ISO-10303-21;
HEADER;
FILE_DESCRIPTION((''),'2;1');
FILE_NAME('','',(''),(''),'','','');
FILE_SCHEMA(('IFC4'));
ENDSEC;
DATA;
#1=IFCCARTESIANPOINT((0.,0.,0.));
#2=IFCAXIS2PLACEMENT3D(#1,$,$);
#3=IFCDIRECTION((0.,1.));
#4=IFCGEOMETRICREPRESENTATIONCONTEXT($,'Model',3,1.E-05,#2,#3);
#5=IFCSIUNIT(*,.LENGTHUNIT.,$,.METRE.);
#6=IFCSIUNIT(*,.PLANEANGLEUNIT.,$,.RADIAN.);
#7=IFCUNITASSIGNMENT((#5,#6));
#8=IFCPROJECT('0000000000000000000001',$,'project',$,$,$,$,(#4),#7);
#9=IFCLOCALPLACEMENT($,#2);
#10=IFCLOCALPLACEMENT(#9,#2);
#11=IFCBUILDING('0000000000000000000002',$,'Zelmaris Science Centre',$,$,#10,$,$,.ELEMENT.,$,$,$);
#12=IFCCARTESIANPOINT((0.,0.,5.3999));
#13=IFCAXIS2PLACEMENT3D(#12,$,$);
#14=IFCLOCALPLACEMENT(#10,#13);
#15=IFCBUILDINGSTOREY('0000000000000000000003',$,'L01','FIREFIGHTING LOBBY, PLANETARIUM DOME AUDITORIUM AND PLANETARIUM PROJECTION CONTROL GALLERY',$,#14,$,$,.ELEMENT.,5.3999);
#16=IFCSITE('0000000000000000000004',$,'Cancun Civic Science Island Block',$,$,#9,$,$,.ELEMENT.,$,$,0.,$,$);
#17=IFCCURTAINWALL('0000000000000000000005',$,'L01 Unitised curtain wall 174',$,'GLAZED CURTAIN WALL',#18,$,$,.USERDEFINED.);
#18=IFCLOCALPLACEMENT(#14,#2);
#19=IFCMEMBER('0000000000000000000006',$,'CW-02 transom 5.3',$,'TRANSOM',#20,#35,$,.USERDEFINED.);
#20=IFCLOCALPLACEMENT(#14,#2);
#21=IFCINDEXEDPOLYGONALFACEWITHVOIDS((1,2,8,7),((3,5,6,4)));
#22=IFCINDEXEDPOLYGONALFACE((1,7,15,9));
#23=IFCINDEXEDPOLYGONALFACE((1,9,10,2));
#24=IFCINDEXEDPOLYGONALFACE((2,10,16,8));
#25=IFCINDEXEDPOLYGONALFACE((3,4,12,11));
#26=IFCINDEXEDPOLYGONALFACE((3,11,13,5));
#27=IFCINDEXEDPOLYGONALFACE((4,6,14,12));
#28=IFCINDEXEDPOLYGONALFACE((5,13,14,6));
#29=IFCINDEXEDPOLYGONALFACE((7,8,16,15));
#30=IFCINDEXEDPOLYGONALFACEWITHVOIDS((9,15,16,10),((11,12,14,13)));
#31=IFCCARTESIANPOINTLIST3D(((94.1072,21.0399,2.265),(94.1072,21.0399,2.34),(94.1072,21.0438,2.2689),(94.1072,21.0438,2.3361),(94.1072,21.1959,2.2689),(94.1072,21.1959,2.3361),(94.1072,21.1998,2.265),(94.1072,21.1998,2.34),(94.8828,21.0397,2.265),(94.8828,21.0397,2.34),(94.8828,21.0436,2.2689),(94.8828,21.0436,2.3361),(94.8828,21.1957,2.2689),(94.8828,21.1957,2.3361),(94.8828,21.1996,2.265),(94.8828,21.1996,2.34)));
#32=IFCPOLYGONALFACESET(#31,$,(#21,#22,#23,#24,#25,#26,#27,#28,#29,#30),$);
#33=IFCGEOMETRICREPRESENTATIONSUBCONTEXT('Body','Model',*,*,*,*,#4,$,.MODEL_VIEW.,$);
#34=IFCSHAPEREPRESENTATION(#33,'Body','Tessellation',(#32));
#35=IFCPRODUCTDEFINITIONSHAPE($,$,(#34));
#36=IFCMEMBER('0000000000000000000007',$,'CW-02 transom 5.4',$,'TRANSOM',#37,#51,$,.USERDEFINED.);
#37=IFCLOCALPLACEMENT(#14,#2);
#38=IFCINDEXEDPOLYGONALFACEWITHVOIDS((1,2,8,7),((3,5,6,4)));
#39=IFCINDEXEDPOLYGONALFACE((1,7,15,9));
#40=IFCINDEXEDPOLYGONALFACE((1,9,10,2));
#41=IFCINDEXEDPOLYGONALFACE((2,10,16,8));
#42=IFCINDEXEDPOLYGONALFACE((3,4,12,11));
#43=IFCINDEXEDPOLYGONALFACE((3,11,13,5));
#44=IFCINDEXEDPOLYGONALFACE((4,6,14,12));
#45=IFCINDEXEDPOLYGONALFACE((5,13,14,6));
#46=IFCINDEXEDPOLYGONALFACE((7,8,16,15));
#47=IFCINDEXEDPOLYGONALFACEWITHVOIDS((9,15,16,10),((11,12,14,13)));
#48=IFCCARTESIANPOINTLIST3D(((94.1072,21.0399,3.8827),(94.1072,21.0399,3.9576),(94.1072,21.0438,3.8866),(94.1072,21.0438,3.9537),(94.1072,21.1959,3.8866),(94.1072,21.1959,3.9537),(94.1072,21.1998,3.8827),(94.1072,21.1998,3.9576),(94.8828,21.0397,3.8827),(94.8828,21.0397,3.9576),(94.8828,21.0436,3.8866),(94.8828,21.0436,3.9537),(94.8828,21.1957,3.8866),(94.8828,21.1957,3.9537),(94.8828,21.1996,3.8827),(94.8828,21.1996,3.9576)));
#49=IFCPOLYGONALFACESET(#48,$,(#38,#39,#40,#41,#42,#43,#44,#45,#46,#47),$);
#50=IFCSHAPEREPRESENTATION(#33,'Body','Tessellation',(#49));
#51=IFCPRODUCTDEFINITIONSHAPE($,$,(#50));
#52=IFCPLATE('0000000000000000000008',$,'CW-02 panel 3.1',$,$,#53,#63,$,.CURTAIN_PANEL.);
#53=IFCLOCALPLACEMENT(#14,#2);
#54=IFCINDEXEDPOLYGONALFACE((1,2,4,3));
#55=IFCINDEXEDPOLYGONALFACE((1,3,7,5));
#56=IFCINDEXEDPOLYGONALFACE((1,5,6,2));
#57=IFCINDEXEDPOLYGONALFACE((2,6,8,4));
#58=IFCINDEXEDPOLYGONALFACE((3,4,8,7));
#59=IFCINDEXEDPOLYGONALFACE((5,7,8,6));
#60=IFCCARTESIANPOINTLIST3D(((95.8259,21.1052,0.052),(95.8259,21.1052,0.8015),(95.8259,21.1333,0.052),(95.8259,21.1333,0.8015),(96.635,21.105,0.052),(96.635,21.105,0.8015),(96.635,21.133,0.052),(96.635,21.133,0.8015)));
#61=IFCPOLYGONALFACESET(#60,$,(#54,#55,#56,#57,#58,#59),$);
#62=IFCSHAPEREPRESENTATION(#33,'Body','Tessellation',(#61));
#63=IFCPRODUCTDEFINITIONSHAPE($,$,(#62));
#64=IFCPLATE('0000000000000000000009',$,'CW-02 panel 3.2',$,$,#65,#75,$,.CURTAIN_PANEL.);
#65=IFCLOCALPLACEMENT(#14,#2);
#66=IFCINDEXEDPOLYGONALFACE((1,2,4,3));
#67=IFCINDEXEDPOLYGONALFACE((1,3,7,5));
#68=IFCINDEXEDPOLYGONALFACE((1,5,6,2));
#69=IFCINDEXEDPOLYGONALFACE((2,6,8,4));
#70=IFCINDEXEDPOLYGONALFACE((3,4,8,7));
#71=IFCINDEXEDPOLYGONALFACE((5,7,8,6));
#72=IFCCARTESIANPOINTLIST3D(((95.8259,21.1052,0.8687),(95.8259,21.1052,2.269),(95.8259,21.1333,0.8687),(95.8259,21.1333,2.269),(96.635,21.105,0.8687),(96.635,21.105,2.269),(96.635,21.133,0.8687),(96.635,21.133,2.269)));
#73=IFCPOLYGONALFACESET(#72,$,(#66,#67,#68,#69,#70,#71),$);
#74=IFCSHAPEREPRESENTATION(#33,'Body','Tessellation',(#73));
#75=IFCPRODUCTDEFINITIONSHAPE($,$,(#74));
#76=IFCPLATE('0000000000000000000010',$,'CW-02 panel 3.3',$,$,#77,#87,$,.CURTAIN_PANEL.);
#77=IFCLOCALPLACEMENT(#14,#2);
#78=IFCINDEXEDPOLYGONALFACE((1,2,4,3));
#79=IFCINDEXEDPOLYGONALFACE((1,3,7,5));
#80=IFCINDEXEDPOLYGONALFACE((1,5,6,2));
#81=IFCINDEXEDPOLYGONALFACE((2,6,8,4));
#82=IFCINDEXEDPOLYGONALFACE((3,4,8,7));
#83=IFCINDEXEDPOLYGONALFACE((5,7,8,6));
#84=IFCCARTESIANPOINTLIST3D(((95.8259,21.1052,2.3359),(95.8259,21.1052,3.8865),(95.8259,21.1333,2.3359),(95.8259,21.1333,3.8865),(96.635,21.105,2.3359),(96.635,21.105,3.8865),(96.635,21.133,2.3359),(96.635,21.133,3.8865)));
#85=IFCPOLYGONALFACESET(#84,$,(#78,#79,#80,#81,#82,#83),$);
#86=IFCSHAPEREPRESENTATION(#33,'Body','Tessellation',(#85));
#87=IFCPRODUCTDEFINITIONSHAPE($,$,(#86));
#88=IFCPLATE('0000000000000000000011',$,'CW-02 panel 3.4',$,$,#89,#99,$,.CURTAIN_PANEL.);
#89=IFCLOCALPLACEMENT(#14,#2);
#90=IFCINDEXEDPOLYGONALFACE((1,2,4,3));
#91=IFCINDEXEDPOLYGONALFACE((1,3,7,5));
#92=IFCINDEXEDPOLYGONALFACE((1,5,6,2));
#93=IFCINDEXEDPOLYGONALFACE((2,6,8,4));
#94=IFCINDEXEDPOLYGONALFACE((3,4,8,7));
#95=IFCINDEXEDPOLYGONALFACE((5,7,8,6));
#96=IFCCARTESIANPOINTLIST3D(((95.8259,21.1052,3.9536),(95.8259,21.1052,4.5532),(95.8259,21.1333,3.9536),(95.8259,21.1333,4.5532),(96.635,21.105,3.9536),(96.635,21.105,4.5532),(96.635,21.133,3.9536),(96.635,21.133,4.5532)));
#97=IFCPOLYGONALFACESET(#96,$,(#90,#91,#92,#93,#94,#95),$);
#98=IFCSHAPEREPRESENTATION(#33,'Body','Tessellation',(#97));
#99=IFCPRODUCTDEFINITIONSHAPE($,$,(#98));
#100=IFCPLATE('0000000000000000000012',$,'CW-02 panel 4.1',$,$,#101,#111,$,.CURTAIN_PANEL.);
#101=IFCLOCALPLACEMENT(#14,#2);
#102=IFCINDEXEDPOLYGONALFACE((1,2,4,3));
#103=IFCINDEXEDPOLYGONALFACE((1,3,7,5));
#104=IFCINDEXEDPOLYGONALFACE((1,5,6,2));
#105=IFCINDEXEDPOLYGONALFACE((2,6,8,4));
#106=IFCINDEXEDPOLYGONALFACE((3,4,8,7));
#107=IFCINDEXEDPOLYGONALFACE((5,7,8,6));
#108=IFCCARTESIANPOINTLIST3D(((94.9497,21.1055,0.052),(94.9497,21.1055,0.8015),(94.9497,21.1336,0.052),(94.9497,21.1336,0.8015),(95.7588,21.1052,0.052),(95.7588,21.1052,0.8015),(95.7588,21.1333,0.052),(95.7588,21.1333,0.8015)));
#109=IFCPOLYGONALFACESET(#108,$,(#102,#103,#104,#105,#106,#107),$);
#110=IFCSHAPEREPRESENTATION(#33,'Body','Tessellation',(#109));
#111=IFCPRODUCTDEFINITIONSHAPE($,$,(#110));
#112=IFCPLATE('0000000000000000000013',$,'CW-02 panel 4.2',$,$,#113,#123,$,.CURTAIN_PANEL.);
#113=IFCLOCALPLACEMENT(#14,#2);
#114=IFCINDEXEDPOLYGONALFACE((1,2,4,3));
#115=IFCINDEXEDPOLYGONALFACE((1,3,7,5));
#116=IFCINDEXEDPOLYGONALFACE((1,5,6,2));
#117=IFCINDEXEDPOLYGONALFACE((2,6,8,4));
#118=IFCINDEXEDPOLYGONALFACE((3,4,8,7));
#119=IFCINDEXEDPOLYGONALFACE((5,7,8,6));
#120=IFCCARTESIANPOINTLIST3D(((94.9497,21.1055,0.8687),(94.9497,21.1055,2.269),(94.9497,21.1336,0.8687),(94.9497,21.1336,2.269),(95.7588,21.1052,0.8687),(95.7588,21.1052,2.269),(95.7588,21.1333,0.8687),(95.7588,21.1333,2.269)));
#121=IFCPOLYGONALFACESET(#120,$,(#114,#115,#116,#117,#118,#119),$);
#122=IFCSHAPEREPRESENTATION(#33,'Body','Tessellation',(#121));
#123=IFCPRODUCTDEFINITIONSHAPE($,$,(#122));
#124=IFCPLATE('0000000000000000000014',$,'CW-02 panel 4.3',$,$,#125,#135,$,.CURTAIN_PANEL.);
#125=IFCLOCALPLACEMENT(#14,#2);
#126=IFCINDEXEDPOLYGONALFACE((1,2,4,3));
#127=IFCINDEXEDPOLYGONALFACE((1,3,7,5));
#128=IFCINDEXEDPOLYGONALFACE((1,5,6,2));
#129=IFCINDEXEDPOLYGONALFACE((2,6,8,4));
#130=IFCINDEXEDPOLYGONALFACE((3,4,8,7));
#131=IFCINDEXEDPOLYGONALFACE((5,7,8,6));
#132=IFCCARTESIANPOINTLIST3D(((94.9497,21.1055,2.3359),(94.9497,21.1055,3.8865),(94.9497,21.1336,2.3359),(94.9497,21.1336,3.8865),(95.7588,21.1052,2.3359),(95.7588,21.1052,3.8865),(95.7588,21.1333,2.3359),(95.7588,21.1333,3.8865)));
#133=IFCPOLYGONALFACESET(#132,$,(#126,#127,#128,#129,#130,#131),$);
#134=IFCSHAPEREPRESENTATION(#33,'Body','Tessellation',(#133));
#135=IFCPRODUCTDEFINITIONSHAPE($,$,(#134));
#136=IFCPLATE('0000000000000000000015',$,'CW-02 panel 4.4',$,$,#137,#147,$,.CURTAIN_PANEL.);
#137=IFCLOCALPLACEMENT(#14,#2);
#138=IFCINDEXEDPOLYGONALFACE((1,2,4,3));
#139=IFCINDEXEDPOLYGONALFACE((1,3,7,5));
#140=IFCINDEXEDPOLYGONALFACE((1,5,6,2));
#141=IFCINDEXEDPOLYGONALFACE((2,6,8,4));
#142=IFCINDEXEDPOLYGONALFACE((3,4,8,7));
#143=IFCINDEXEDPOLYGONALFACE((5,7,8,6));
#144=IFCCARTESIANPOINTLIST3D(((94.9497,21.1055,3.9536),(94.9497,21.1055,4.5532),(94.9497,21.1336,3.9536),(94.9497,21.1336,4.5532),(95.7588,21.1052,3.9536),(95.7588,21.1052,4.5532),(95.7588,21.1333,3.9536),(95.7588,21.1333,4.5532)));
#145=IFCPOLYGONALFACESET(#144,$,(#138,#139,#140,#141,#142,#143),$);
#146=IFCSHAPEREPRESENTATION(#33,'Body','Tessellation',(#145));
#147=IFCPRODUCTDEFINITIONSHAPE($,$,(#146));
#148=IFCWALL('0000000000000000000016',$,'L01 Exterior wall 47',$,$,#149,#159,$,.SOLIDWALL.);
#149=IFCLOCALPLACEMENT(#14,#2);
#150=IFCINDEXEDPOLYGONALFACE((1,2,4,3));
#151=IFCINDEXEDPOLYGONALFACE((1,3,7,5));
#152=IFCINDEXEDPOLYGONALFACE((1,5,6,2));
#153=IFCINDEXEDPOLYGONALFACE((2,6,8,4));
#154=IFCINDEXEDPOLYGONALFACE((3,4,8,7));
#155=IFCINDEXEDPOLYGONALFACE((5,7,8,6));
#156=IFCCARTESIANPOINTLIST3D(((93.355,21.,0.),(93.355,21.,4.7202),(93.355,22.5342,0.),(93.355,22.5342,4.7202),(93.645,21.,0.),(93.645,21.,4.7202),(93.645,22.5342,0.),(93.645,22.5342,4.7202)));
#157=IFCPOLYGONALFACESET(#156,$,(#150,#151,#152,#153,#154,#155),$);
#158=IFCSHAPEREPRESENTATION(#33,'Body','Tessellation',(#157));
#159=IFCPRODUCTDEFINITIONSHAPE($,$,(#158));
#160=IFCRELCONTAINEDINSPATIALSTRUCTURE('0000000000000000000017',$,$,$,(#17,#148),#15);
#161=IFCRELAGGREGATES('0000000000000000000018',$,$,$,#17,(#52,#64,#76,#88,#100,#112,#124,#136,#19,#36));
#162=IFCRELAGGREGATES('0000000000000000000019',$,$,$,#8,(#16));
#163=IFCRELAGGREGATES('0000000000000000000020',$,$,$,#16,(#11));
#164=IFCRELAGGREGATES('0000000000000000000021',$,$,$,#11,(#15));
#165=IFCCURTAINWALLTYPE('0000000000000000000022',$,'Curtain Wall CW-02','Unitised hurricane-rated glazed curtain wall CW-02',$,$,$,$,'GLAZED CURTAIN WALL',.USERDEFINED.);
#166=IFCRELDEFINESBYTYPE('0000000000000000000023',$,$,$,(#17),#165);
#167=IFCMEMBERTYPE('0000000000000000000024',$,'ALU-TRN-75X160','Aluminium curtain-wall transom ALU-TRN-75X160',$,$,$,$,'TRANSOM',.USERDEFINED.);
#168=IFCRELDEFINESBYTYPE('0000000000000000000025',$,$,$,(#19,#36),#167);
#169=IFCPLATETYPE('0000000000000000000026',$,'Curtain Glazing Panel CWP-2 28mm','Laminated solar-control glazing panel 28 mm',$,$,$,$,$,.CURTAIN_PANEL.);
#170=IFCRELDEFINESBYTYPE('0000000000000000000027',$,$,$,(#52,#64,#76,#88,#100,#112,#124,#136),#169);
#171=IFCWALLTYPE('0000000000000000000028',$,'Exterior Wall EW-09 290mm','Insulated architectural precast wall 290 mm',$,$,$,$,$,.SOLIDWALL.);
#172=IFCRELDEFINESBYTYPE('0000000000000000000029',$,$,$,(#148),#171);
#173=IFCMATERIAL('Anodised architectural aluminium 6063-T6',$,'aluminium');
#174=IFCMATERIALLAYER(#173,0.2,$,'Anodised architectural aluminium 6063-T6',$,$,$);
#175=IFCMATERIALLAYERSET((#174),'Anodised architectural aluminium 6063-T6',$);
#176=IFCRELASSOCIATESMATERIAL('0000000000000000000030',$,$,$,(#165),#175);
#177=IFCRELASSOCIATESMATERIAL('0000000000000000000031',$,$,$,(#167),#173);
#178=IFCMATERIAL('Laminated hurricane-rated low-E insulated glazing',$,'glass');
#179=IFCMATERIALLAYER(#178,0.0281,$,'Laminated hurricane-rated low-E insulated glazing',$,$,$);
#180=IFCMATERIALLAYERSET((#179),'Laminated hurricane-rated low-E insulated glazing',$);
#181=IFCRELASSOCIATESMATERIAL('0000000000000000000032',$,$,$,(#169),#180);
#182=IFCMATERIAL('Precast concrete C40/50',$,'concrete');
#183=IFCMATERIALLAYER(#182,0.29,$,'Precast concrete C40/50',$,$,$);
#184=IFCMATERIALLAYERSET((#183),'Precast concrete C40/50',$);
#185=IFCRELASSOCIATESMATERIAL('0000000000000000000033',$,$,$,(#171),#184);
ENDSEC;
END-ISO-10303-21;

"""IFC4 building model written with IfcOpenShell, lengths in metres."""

from ifc_helpers import new_model, si_unit, direction, frame, frame_2d, origin, origin_2d, place, context, subcontext, project, spatial, rectangle, hollow_rectangle, extrude, material, layer, layer_set, material_profile, profile_set, type_object, element, aggregate, save


model = new_model("IFC4")

# Units and contexts
model_context = context("Model", 3, precision=1e-05, world=origin(), true_north=direction((0.0, 1.0)))
body_context = subcontext(model_context, "Body", "Model", "MODEL_VIEW")
ifc_project = project(units=[si_unit("LENGTHUNIT", "METRE"), si_unit("PLANEANGLEUNIT", "RADIAN")], contexts=[model_context])

# Site, building, storey
site_placement = place(None, origin())
site = spatial("IfcSite", under=ifc_project, at=site_placement, Name="Cancun Civic Science Island Block", CompositionType="ELEMENT", RefElevation=0.0)
building_placement = place(site_placement, origin())
building = spatial("IfcBuilding", under=site, at=building_placement, Name="Zelmaris Science Centre", CompositionType="ELEMENT")
storey_placement = place(building_placement, frame((0.0, 0.0, 5.3999)))
storey = spatial("IfcBuildingStorey", under=building, at=storey_placement, Name="L01", Description="FIREFIGHTING LOBBY, PLANETARIUM DOME AUDITORIUM AND PLANETARIUM PROJECTION CONTROL GALLERY", CompositionType="ELEMENT", Elevation=5.3999)

# Curtain wall, members, plates
ifc_material_1 = material(Name="Anodised architectural aluminium 6063-T6", Category="aluminium")
ifc_layer_1 = layer(ifc_material_1, 0.2, Name="Anodised architectural aluminium 6063-T6")
ifc_layer_set_1 = layer_set([ifc_layer_1], Name="Anodised architectural aluminium 6063-T6")
curtain_wall_type = type_object("IfcCurtainWallType", Name="Curtain Wall CW-02", Description="Unitised hurricane-rated glazed curtain wall CW-02", ElementType="GLAZED CURTAIN WALL", PredefinedType="USERDEFINED", material=ifc_layer_set_1)
curtain_wall_placement = place(storey_placement, origin())
curtain_wall = element("IfcCurtainWall", 1, at=curtain_wall_placement, inside=storey, type_object=curtain_wall_type, Name="L01 Unitised curtain wall 174", ObjectType="GLAZED CURTAIN WALL", PredefinedType="USERDEFINED")
ifc_material_profile_1 = material_profile(ifc_material_1, hollow_rectangle(XDim=0.075, YDim=0.1599, WallThickness=0.0039, at=origin_2d()), Name="ALU-TRN-75X160")
ifc_profile_set_1 = profile_set([ifc_material_profile_1], Name="Anodised architectural aluminium 6063-T6")
member_type_1 = type_object("IfcMemberType", Name="ALU-TRN-75X160", Description="Aluminium curtain-wall transom ALU-TRN-75X160", ElementType="TRANSOM", PredefinedType="USERDEFINED", material=ifc_profile_set_1)
member_1_placement = place(storey_placement, frame((94.8828, 21.1196, 2.3025), z_axis=(-1.0, 0.000315, 0.0), x_axis=(0.0, 0.0, 1.0)))
member_1 = element("IfcMember", 2, at=member_1_placement, type_object=member_type_1, Name="CW-02 transom 5.3", ObjectType="TRANSOM", PredefinedType="USERDEFINED", context=body_context, shape_type="SweptSolid", body=[
    extrude(hollow_rectangle(XDim=0.075, YDim=0.1599, WallThickness=0.0039, at=origin_2d()), origin(), (0.0, 0.0, 1.0), 0.7756),
])
member_2_placement = place(storey_placement, frame((94.8828, 21.1196, 3.9202), z_axis=(-1.0, 0.000315, 0.0), x_axis=(0.0, 0.0, 1.0)))
member_2 = element("IfcMember", 3, at=member_2_placement, type_object=member_type_1, Name="CW-02 transom 5.4", ObjectType="TRANSOM", PredefinedType="USERDEFINED", context=body_context, shape_type="SweptSolid", body=[
    extrude(hollow_rectangle(XDim=0.075, YDim=0.1599, WallThickness=0.0039, at=origin_2d()), origin(), (0.0, 0.0, 1.0), 0.7756),
])
ifc_material_2 = material(Name="Laminated hurricane-rated low-E insulated glazing", Category="glass")
ifc_layer_2 = layer(ifc_material_2, 0.0281, Name="Laminated hurricane-rated low-E insulated glazing")
ifc_layer_set_2 = layer_set([ifc_layer_2], Name="Laminated hurricane-rated low-E insulated glazing")
plate_type = type_object("IfcPlateType", Name="Curtain Glazing Panel CWP-2 28mm", Description="Laminated solar-control glazing panel 28 mm", PredefinedType="CURTAIN_PANEL", material=ifc_layer_set_2)
plate_1_placement = place(storey_placement, frame((96.2305, 21.1191, 0.052), z_axis=(0.0, 0.0, 1.0), x_axis=(-1.0, 0.00032, 0.0)))
plate_1 = element("IfcPlate", 4, at=plate_1_placement, type_object=plate_type, Name="CW-02 panel 3.1", PredefinedType="CURTAIN_PANEL", context=body_context, shape_type="SweptSolid", body=[
    extrude(rectangle(XDim=0.8091, YDim=0.0281, at=origin_2d()), origin(), (0.0, 0.0, 1.0), 0.7495),
])
plate_2_placement = place(storey_placement, frame((96.2305, 21.1191, 0.8687), z_axis=(0.0, 0.0, 1.0), x_axis=(-1.0, 0.00032, 0.0)))
plate_2 = element("IfcPlate", 5, at=plate_2_placement, type_object=plate_type, Name="CW-02 panel 3.2", PredefinedType="CURTAIN_PANEL", context=body_context, shape_type="SweptSolid", body=[
    extrude(rectangle(XDim=0.8091, YDim=0.0281, at=origin_2d()), origin(), (0.0, 0.0, 1.0), 1.4004),
])
plate_3_placement = place(storey_placement, frame((96.2305, 21.1191, 2.3359), z_axis=(0.0, 0.0, 1.0), x_axis=(-1.0, 0.00032, 0.0)))
plate_3 = element("IfcPlate", 6, at=plate_3_placement, type_object=plate_type, Name="CW-02 panel 3.3", PredefinedType="CURTAIN_PANEL", context=body_context, shape_type="SweptSolid", body=[
    extrude(rectangle(XDim=0.8091, YDim=0.0281, at=origin_2d()), origin(), (0.0, 0.0, 1.0), 1.5505),
])
plate_4_placement = place(storey_placement, frame((96.2305, 21.1191, 3.9536), z_axis=(0.0, 0.0, 1.0), x_axis=(-1.0, 0.00032, 0.0)))
plate_4 = element("IfcPlate", 7, at=plate_4_placement, type_object=plate_type, Name="CW-02 panel 3.4", PredefinedType="CURTAIN_PANEL", context=body_context, shape_type="SweptSolid", body=[
    extrude(rectangle(XDim=0.8091, YDim=0.0281, at=origin_2d()), origin(), (0.0, 0.0, 1.0), 0.5996),
])
plate_5_placement = place(storey_placement, frame((95.3542, 21.1194, 0.052), z_axis=(0.0, 0.0, 1.0), x_axis=(-1.0, 0.00032, 0.0)))
plate_5 = element("IfcPlate", 8, at=plate_5_placement, type_object=plate_type, Name="CW-02 panel 4.1", PredefinedType="CURTAIN_PANEL", context=body_context, shape_type="SweptSolid", body=[
    extrude(rectangle(XDim=0.8091, YDim=0.0281, at=origin_2d()), origin(), (0.0, 0.0, 1.0), 0.7495),
])
plate_6_placement = place(storey_placement, frame((95.3542, 21.1194, 0.8687), z_axis=(0.0, 0.0, 1.0), x_axis=(-1.0, 0.00032, 0.0)))
plate_6 = element("IfcPlate", 9, at=plate_6_placement, type_object=plate_type, Name="CW-02 panel 4.2", PredefinedType="CURTAIN_PANEL", context=body_context, shape_type="SweptSolid", body=[
    extrude(rectangle(XDim=0.8091, YDim=0.0281, at=origin_2d()), origin(), (0.0, 0.0, 1.0), 1.4004),
])
plate_7_placement = place(storey_placement, frame((95.3542, 21.1194, 2.3359), z_axis=(0.0, 0.0, 1.0), x_axis=(-1.0, 0.00032, 0.0)))
plate_7 = element("IfcPlate", 10, at=plate_7_placement, type_object=plate_type, Name="CW-02 panel 4.3", PredefinedType="CURTAIN_PANEL", context=body_context, shape_type="SweptSolid", body=[
    extrude(rectangle(XDim=0.8091, YDim=0.0281, at=origin_2d()), origin(), (0.0, 0.0, 1.0), 1.5505),
])
plate_8_placement = place(storey_placement, frame((95.3542, 21.1194, 3.9536), z_axis=(0.0, 0.0, 1.0), x_axis=(-1.0, 0.00032, 0.0)))
plate_8 = element("IfcPlate", 11, at=plate_8_placement, type_object=plate_type, Name="CW-02 panel 4.4", PredefinedType="CURTAIN_PANEL", context=body_context, shape_type="SweptSolid", body=[
    extrude(rectangle(XDim=0.8091, YDim=0.0281, at=origin_2d()), origin(), (0.0, 0.0, 1.0), 0.5996),
])
aggregate(curtain_wall, [plate_1, plate_2, plate_3, plate_4, plate_5, plate_6, plate_7, plate_8, member_1, member_2])

# Wall
ifc_material_3 = material(Name="Precast concrete C40/50", Category="concrete")
ifc_layer_3 = layer(ifc_material_3, 0.29, Name="Precast concrete C40/50")
ifc_layer_set_3 = layer_set([ifc_layer_3], Name="Precast concrete C40/50")
wall_type = type_object("IfcWallType", Name="Exterior Wall EW-09 290mm", Description="Insulated architectural precast wall 290 mm", PredefinedType="SOLIDWALL", material=ifc_layer_set_3)
wall_placement = place(storey_placement, frame((93.5, 21.0, 0.0), z_axis=(0.0, 0.0, 1.0), x_axis=(0.0, 1.0, 0.0)))
element("IfcWall", 12, at=wall_placement, inside=storey, type_object=wall_type, Name="L01 Exterior wall 47", PredefinedType="SOLIDWALL", context=body_context, shape_type="SweptSolid", body=[
    extrude(rectangle(XDim=1.5342, YDim=0.29, at=frame_2d((0.7671, 0.0))), origin(), (0.0, 0.0, 1.0), 4.7202),
])

save(model, "model.ifc")
